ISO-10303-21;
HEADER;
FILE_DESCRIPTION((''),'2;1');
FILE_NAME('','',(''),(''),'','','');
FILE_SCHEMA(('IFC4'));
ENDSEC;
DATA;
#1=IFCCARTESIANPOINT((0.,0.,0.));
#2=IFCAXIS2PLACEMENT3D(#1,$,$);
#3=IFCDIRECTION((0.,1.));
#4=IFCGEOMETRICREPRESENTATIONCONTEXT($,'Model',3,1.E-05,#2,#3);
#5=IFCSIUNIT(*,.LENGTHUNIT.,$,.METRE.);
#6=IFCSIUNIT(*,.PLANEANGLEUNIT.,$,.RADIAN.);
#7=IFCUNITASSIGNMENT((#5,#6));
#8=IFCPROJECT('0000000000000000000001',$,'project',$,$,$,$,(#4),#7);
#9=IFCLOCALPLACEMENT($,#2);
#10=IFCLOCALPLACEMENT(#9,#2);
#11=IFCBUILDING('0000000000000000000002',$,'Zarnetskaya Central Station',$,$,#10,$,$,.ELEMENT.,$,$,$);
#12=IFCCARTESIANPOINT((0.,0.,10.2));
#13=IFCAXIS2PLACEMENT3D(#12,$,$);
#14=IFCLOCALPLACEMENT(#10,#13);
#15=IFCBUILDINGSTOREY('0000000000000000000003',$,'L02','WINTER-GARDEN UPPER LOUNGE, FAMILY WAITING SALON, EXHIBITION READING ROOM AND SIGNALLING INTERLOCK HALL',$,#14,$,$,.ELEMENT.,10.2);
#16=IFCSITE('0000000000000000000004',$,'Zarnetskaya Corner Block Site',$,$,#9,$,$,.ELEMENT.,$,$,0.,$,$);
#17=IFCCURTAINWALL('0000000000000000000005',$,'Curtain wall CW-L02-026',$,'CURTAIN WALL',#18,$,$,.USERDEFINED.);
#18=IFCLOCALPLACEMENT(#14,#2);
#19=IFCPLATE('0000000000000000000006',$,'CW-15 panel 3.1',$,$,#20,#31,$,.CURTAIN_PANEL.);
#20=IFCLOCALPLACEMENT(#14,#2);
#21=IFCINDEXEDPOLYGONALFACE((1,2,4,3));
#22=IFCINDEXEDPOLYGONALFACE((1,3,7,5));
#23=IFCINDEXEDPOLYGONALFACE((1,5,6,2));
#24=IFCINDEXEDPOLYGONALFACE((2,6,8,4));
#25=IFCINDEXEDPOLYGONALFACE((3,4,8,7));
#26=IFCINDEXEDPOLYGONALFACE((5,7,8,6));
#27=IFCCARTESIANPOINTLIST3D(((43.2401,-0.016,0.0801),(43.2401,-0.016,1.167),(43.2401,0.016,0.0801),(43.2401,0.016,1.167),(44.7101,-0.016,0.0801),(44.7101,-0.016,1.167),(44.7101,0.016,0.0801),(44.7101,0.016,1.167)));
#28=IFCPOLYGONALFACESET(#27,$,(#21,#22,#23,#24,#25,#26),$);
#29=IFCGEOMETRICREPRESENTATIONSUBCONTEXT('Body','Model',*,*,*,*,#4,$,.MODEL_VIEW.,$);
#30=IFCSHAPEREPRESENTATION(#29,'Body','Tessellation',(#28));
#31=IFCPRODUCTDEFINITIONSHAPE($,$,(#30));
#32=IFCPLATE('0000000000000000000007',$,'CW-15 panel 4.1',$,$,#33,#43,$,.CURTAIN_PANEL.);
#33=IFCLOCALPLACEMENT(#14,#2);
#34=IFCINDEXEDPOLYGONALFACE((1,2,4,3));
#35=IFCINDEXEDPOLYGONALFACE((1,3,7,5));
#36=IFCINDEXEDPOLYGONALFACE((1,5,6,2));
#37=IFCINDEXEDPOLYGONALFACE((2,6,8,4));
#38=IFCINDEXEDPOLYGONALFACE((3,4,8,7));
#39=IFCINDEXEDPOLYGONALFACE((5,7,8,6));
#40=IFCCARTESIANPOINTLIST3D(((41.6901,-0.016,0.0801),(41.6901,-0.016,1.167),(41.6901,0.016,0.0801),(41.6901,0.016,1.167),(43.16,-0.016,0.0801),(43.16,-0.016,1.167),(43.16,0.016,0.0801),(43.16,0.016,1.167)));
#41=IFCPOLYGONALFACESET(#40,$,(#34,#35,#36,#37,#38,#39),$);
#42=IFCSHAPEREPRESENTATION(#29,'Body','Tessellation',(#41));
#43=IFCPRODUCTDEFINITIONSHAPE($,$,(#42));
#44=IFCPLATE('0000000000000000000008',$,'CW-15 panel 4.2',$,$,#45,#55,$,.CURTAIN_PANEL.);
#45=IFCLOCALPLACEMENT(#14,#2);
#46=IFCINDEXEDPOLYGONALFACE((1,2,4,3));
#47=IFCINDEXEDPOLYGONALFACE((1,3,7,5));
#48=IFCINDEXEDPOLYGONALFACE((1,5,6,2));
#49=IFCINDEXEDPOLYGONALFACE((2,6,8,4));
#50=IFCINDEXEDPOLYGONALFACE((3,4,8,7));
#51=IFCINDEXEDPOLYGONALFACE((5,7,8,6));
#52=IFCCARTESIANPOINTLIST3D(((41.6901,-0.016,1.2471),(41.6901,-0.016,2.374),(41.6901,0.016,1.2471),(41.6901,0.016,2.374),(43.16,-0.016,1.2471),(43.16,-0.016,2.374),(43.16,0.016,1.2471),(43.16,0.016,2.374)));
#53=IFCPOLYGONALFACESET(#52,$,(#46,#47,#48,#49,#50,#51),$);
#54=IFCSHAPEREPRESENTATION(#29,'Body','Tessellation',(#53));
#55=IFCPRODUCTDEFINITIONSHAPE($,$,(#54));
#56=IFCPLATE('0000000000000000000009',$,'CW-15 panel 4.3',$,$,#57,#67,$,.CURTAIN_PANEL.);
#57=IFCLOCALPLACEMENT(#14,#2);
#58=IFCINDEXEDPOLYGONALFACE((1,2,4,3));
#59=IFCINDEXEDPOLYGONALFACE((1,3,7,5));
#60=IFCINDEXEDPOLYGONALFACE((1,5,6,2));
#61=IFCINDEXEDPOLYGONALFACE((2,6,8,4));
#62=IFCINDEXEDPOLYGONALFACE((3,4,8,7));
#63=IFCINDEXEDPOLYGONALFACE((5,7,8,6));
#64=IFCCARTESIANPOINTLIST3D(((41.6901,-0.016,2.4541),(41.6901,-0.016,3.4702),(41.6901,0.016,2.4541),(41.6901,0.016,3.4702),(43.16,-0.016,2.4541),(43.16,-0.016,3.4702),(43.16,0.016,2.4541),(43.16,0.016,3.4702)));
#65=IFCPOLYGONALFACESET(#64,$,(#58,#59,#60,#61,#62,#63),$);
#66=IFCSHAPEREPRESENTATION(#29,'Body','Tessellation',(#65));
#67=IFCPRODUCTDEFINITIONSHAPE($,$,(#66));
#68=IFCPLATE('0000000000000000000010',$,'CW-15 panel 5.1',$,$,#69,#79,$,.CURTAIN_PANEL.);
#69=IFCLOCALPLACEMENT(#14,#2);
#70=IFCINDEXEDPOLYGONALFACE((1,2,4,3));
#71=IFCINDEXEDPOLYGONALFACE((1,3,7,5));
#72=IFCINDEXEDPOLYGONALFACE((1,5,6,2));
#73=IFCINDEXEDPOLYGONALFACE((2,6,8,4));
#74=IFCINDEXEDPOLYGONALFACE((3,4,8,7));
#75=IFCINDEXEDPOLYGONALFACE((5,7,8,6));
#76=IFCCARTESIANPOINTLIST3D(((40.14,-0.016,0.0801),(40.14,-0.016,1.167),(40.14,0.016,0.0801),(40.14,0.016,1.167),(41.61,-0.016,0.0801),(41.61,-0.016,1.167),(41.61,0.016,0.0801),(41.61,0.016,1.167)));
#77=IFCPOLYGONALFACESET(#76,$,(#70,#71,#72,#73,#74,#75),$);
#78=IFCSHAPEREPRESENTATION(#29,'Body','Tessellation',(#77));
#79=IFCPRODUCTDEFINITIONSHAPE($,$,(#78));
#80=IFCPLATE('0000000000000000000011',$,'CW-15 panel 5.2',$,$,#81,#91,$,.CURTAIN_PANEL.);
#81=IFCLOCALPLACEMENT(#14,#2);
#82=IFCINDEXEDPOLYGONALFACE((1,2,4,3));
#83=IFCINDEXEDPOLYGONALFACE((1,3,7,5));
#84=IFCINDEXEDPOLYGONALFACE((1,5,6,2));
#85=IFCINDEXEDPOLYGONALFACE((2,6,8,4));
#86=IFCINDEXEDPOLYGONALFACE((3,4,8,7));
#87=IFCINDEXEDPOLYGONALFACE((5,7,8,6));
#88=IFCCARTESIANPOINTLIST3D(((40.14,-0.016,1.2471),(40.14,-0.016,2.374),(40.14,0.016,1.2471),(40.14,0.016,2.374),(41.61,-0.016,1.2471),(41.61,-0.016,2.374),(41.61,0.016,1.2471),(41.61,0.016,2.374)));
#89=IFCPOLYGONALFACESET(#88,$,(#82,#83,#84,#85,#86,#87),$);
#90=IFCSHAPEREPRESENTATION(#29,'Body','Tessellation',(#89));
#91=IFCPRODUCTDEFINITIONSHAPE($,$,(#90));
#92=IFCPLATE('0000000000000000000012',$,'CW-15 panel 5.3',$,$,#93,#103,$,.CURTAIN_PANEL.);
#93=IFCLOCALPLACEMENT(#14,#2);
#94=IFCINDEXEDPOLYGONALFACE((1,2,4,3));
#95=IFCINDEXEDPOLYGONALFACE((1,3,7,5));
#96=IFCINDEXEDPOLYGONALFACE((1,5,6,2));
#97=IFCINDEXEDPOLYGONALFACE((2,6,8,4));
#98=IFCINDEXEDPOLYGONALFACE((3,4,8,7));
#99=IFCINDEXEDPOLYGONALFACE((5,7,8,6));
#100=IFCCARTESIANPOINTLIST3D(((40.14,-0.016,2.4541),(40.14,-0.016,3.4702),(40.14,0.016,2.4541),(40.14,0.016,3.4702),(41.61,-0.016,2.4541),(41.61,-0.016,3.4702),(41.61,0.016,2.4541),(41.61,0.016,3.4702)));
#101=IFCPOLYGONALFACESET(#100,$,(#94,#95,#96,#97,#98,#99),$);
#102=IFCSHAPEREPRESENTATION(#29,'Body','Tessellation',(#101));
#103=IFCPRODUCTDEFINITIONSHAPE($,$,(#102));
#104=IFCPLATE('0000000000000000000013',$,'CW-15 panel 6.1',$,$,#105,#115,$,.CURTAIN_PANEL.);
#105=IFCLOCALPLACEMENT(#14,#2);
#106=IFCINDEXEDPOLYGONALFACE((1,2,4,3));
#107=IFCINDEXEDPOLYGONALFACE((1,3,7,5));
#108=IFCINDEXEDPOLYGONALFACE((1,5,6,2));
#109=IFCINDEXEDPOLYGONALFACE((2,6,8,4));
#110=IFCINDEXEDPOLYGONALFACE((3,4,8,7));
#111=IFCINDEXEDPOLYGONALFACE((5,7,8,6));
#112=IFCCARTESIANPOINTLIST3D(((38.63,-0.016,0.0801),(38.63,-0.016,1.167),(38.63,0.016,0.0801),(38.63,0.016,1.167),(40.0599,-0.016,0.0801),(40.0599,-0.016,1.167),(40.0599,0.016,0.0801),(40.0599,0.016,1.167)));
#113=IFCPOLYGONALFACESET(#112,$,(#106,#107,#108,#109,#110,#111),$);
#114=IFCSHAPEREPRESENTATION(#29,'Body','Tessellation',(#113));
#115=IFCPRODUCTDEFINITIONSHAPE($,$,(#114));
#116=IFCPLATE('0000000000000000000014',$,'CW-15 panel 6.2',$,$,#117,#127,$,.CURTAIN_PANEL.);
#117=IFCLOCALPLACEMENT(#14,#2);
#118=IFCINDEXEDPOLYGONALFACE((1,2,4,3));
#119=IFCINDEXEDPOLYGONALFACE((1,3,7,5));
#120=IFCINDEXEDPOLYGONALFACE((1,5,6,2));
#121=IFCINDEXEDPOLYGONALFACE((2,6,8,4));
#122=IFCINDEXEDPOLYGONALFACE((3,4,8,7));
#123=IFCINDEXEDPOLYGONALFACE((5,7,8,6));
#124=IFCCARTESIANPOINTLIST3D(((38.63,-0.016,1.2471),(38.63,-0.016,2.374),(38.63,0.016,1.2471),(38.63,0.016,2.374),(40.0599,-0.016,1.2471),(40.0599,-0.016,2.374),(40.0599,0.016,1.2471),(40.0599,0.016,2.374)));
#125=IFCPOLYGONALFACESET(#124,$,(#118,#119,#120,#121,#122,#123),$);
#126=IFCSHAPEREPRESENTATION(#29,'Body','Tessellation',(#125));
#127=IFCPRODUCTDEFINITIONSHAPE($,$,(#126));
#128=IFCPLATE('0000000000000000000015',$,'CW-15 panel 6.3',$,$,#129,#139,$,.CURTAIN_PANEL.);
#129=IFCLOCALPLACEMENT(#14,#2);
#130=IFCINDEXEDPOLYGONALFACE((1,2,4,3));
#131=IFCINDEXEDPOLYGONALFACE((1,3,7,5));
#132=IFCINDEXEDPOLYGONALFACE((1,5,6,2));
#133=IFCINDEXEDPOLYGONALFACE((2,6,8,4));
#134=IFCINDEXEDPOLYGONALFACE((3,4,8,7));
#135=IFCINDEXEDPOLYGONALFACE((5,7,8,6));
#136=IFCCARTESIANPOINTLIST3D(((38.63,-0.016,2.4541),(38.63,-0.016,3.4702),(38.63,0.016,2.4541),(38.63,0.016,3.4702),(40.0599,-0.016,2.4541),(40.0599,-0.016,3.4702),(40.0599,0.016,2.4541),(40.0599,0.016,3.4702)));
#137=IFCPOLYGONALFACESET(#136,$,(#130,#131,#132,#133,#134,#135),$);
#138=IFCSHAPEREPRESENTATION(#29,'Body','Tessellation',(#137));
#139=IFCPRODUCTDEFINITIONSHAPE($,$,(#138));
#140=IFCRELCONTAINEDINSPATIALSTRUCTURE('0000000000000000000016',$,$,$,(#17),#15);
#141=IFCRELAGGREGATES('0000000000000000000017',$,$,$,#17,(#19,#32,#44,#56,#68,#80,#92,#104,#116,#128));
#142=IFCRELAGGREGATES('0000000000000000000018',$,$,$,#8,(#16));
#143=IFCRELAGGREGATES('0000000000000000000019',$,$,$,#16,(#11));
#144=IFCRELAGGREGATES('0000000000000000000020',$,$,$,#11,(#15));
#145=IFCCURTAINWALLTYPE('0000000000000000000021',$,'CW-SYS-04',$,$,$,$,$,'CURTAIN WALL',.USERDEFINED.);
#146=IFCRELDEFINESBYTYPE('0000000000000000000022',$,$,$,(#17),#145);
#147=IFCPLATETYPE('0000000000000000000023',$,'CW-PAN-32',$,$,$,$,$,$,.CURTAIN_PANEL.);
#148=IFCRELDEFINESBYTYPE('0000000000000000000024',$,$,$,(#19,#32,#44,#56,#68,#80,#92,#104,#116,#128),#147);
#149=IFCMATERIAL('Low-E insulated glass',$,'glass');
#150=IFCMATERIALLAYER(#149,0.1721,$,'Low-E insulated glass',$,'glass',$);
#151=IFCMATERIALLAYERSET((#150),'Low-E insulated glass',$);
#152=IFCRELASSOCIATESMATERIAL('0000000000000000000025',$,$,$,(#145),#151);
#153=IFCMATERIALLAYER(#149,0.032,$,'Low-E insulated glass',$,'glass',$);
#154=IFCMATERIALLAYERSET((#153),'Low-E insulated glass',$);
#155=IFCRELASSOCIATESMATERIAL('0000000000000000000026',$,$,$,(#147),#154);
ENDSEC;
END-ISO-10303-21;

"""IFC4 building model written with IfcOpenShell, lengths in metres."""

from ifc_helpers import new_model, si_unit, direction, frame, origin, origin_2d, place, context, subcontext, project, spatial, rectangle, extrude, material, layer, layer_set, type_object, element, aggregate, save


model = new_model("IFC4")

# Units and contexts
model_context = context("Model", 3, precision=1e-05, world=origin(), true_north=direction((0.0, 1.0)))
body_context = subcontext(model_context, "Body", "Model", "MODEL_VIEW")
ifc_project = project(units=[si_unit("LENGTHUNIT", "METRE"), si_unit("PLANEANGLEUNIT", "RADIAN")], contexts=[model_context])

# Site, building, storey
site_placement = place(None, origin())
site = spatial("IfcSite", under=ifc_project, at=site_placement, Name="Zarnetskaya Corner Block Site", CompositionType="ELEMENT", RefElevation=0.0)
building_placement = place(site_placement, origin())
building = spatial("IfcBuilding", under=site, at=building_placement, Name="Zarnetskaya Central Station", CompositionType="ELEMENT")
storey_placement = place(building_placement, frame((0.0, 0.0, 10.2)))
storey = spatial("IfcBuildingStorey", under=building, at=storey_placement, Name="L02", Description="WINTER-GARDEN UPPER LOUNGE, FAMILY WAITING SALON, EXHIBITION READING ROOM AND SIGNALLING INTERLOCK HALL", CompositionType="ELEMENT", Elevation=10.2)

# Curtain wall, plates
ifc_material_1 = material(Name="Low-E insulated glass", Category="glass")
ifc_layer_1 = layer(ifc_material_1, 0.1721, Name="Low-E insulated glass", Category="glass")
ifc_layer_set_1 = layer_set([ifc_layer_1], Name="Low-E insulated glass")
curtain_wall_type = type_object("IfcCurtainWallType", Name="CW-SYS-04", ElementType="CURTAIN WALL", PredefinedType="USERDEFINED", material=ifc_layer_set_1)
curtain_wall_placement = place(storey_placement, origin())
curtain_wall = element("IfcCurtainWall", 1, at=curtain_wall_placement, inside=storey, type_object=curtain_wall_type, Name="Curtain wall CW-L02-026", ObjectType="CURTAIN WALL", PredefinedType="USERDEFINED")
ifc_layer_2 = layer(ifc_material_1, 0.032, Name="Low-E insulated glass", Category="glass")
ifc_layer_set_2 = layer_set([ifc_layer_2], Name="Low-E insulated glass")
plate_type = type_object("IfcPlateType", Name="CW-PAN-32", PredefinedType="CURTAIN_PANEL", material=ifc_layer_set_2)
plate_1_placement = place(storey_placement, frame((43.9751, 0.0, 0.0801), z_axis=(0.0, 0.0, 1.0), x_axis=(-1.0, 0.0, 0.0)))
plate_1 = element("IfcPlate", 2, at=plate_1_placement, type_object=plate_type, Name="CW-15 panel 3.1", PredefinedType="CURTAIN_PANEL", context=body_context, shape_type="SweptSolid", body=[
    extrude(rectangle(XDim=1.47, YDim=0.032, at=origin_2d()), origin(), (0.0, 0.0, 1.0), 1.0869),
])
plate_2_placement = place(storey_placement, frame((42.425, 0.0, 0.0801), z_axis=(0.0, 0.0, 1.0), x_axis=(-1.0, 0.0, 0.0)))
plate_2 = element("IfcPlate", 3, at=plate_2_placement, type_object=plate_type, Name="CW-15 panel 4.1", PredefinedType="CURTAIN_PANEL", context=body_context, shape_type="SweptSolid", body=[
    extrude(rectangle(XDim=1.47, YDim=0.032, at=origin_2d()), origin(), (0.0, 0.0, 1.0), 1.0869),
])
plate_3_placement = place(storey_placement, frame((42.425, 0.0, 1.2471), z_axis=(0.0, 0.0, 1.0), x_axis=(-1.0, 0.0, 0.0)))
plate_3 = element("IfcPlate", 4, at=plate_3_placement, type_object=plate_type, Name="CW-15 panel 4.2", PredefinedType="CURTAIN_PANEL", context=body_context, shape_type="SweptSolid", body=[
    extrude(rectangle(XDim=1.47, YDim=0.032, at=origin_2d()), origin(), (0.0, 0.0, 1.0), 1.127),
])
plate_4_placement = place(storey_placement, frame((42.425, 0.0, 2.4541), z_axis=(0.0, 0.0, 1.0), x_axis=(-1.0, 0.0, 0.0)))
plate_4 = element("IfcPlate", 5, at=plate_4_placement, type_object=plate_type, Name="CW-15 panel 4.3", PredefinedType="CURTAIN_PANEL", context=body_context, shape_type="SweptSolid", body=[
    extrude(rectangle(XDim=1.47, YDim=0.032, at=origin_2d()), origin(), (0.0, 0.0, 1.0), 1.0161),
])
plate_5_placement = place(storey_placement, frame((40.875, 0.0, 0.0801), z_axis=(0.0, 0.0, 1.0), x_axis=(-1.0, 0.0, 0.0)))
plate_5 = element("IfcPlate", 6, at=plate_5_placement, type_object=plate_type, Name="CW-15 panel 5.1", PredefinedType="CURTAIN_PANEL", context=body_context, shape_type="SweptSolid", body=[
    extrude(rectangle(XDim=1.47, YDim=0.032, at=origin_2d()), origin(), (0.0, 0.0, 1.0), 1.0869),
])
plate_6_placement = place(storey_placement, frame((40.875, 0.0, 1.2471), z_axis=(0.0, 0.0, 1.0), x_axis=(-1.0, 0.0, 0.0)))
plate_6 = element("IfcPlate", 7, at=plate_6_placement, type_object=plate_type, Name="CW-15 panel 5.2", PredefinedType="CURTAIN_PANEL", context=body_context, shape_type="SweptSolid", body=[
    extrude(rectangle(XDim=1.47, YDim=0.032, at=origin_2d()), origin(), (0.0, 0.0, 1.0), 1.127),
])
plate_7_placement = place(storey_placement, frame((40.875, 0.0, 2.4541), z_axis=(0.0, 0.0, 1.0), x_axis=(-1.0, 0.0, 0.0)))
plate_7 = element("IfcPlate", 8, at=plate_7_placement, type_object=plate_type, Name="CW-15 panel 5.3", PredefinedType="CURTAIN_PANEL", context=body_context, shape_type="SweptSolid", body=[
    extrude(rectangle(XDim=1.47, YDim=0.032, at=origin_2d()), origin(), (0.0, 0.0, 1.0), 1.0161),
])
plate_8_placement = place(storey_placement, frame((39.345, 0.0, 0.0801), z_axis=(0.0, 0.0, 1.0), x_axis=(-1.0, 0.0, 0.0)))
plate_8 = element("IfcPlate", 9, at=plate_8_placement, type_object=plate_type, Name="CW-15 panel 6.1", PredefinedType="CURTAIN_PANEL", context=body_context, shape_type="SweptSolid", body=[
    extrude(rectangle(XDim=1.4299, YDim=0.032, at=origin_2d()), origin(), (0.0, 0.0, 1.0), 1.0869),
])
plate_9_placement = place(storey_placement, frame((39.345, 0.0, 1.2471), z_axis=(0.0, 0.0, 1.0), x_axis=(-1.0, 0.0, 0.0)))
plate_9 = element("IfcPlate", 10, at=plate_9_placement, type_object=plate_type, Name="CW-15 panel 6.2", PredefinedType="CURTAIN_PANEL", context=body_context, shape_type="SweptSolid", body=[
    extrude(rectangle(XDim=1.4299, YDim=0.032, at=origin_2d()), origin(), (0.0, 0.0, 1.0), 1.127),
])
plate_10_placement = place(storey_placement, frame((39.345, 0.0, 2.4541), z_axis=(0.0, 0.0, 1.0), x_axis=(-1.0, 0.0, 0.0)))
plate_10 = element("IfcPlate", 11, at=plate_10_placement, type_object=plate_type, Name="CW-15 panel 6.3", PredefinedType="CURTAIN_PANEL", context=body_context, shape_type="SweptSolid", body=[
    extrude(rectangle(XDim=1.4299, YDim=0.032, at=origin_2d()), origin(), (0.0, 0.0, 1.0), 1.0161),
])
aggregate(curtain_wall, [plate_1, plate_2, plate_3, plate_4, plate_5, plate_6, plate_7, plate_8, plate_9, plate_10])

save(model, "model.ifc")
